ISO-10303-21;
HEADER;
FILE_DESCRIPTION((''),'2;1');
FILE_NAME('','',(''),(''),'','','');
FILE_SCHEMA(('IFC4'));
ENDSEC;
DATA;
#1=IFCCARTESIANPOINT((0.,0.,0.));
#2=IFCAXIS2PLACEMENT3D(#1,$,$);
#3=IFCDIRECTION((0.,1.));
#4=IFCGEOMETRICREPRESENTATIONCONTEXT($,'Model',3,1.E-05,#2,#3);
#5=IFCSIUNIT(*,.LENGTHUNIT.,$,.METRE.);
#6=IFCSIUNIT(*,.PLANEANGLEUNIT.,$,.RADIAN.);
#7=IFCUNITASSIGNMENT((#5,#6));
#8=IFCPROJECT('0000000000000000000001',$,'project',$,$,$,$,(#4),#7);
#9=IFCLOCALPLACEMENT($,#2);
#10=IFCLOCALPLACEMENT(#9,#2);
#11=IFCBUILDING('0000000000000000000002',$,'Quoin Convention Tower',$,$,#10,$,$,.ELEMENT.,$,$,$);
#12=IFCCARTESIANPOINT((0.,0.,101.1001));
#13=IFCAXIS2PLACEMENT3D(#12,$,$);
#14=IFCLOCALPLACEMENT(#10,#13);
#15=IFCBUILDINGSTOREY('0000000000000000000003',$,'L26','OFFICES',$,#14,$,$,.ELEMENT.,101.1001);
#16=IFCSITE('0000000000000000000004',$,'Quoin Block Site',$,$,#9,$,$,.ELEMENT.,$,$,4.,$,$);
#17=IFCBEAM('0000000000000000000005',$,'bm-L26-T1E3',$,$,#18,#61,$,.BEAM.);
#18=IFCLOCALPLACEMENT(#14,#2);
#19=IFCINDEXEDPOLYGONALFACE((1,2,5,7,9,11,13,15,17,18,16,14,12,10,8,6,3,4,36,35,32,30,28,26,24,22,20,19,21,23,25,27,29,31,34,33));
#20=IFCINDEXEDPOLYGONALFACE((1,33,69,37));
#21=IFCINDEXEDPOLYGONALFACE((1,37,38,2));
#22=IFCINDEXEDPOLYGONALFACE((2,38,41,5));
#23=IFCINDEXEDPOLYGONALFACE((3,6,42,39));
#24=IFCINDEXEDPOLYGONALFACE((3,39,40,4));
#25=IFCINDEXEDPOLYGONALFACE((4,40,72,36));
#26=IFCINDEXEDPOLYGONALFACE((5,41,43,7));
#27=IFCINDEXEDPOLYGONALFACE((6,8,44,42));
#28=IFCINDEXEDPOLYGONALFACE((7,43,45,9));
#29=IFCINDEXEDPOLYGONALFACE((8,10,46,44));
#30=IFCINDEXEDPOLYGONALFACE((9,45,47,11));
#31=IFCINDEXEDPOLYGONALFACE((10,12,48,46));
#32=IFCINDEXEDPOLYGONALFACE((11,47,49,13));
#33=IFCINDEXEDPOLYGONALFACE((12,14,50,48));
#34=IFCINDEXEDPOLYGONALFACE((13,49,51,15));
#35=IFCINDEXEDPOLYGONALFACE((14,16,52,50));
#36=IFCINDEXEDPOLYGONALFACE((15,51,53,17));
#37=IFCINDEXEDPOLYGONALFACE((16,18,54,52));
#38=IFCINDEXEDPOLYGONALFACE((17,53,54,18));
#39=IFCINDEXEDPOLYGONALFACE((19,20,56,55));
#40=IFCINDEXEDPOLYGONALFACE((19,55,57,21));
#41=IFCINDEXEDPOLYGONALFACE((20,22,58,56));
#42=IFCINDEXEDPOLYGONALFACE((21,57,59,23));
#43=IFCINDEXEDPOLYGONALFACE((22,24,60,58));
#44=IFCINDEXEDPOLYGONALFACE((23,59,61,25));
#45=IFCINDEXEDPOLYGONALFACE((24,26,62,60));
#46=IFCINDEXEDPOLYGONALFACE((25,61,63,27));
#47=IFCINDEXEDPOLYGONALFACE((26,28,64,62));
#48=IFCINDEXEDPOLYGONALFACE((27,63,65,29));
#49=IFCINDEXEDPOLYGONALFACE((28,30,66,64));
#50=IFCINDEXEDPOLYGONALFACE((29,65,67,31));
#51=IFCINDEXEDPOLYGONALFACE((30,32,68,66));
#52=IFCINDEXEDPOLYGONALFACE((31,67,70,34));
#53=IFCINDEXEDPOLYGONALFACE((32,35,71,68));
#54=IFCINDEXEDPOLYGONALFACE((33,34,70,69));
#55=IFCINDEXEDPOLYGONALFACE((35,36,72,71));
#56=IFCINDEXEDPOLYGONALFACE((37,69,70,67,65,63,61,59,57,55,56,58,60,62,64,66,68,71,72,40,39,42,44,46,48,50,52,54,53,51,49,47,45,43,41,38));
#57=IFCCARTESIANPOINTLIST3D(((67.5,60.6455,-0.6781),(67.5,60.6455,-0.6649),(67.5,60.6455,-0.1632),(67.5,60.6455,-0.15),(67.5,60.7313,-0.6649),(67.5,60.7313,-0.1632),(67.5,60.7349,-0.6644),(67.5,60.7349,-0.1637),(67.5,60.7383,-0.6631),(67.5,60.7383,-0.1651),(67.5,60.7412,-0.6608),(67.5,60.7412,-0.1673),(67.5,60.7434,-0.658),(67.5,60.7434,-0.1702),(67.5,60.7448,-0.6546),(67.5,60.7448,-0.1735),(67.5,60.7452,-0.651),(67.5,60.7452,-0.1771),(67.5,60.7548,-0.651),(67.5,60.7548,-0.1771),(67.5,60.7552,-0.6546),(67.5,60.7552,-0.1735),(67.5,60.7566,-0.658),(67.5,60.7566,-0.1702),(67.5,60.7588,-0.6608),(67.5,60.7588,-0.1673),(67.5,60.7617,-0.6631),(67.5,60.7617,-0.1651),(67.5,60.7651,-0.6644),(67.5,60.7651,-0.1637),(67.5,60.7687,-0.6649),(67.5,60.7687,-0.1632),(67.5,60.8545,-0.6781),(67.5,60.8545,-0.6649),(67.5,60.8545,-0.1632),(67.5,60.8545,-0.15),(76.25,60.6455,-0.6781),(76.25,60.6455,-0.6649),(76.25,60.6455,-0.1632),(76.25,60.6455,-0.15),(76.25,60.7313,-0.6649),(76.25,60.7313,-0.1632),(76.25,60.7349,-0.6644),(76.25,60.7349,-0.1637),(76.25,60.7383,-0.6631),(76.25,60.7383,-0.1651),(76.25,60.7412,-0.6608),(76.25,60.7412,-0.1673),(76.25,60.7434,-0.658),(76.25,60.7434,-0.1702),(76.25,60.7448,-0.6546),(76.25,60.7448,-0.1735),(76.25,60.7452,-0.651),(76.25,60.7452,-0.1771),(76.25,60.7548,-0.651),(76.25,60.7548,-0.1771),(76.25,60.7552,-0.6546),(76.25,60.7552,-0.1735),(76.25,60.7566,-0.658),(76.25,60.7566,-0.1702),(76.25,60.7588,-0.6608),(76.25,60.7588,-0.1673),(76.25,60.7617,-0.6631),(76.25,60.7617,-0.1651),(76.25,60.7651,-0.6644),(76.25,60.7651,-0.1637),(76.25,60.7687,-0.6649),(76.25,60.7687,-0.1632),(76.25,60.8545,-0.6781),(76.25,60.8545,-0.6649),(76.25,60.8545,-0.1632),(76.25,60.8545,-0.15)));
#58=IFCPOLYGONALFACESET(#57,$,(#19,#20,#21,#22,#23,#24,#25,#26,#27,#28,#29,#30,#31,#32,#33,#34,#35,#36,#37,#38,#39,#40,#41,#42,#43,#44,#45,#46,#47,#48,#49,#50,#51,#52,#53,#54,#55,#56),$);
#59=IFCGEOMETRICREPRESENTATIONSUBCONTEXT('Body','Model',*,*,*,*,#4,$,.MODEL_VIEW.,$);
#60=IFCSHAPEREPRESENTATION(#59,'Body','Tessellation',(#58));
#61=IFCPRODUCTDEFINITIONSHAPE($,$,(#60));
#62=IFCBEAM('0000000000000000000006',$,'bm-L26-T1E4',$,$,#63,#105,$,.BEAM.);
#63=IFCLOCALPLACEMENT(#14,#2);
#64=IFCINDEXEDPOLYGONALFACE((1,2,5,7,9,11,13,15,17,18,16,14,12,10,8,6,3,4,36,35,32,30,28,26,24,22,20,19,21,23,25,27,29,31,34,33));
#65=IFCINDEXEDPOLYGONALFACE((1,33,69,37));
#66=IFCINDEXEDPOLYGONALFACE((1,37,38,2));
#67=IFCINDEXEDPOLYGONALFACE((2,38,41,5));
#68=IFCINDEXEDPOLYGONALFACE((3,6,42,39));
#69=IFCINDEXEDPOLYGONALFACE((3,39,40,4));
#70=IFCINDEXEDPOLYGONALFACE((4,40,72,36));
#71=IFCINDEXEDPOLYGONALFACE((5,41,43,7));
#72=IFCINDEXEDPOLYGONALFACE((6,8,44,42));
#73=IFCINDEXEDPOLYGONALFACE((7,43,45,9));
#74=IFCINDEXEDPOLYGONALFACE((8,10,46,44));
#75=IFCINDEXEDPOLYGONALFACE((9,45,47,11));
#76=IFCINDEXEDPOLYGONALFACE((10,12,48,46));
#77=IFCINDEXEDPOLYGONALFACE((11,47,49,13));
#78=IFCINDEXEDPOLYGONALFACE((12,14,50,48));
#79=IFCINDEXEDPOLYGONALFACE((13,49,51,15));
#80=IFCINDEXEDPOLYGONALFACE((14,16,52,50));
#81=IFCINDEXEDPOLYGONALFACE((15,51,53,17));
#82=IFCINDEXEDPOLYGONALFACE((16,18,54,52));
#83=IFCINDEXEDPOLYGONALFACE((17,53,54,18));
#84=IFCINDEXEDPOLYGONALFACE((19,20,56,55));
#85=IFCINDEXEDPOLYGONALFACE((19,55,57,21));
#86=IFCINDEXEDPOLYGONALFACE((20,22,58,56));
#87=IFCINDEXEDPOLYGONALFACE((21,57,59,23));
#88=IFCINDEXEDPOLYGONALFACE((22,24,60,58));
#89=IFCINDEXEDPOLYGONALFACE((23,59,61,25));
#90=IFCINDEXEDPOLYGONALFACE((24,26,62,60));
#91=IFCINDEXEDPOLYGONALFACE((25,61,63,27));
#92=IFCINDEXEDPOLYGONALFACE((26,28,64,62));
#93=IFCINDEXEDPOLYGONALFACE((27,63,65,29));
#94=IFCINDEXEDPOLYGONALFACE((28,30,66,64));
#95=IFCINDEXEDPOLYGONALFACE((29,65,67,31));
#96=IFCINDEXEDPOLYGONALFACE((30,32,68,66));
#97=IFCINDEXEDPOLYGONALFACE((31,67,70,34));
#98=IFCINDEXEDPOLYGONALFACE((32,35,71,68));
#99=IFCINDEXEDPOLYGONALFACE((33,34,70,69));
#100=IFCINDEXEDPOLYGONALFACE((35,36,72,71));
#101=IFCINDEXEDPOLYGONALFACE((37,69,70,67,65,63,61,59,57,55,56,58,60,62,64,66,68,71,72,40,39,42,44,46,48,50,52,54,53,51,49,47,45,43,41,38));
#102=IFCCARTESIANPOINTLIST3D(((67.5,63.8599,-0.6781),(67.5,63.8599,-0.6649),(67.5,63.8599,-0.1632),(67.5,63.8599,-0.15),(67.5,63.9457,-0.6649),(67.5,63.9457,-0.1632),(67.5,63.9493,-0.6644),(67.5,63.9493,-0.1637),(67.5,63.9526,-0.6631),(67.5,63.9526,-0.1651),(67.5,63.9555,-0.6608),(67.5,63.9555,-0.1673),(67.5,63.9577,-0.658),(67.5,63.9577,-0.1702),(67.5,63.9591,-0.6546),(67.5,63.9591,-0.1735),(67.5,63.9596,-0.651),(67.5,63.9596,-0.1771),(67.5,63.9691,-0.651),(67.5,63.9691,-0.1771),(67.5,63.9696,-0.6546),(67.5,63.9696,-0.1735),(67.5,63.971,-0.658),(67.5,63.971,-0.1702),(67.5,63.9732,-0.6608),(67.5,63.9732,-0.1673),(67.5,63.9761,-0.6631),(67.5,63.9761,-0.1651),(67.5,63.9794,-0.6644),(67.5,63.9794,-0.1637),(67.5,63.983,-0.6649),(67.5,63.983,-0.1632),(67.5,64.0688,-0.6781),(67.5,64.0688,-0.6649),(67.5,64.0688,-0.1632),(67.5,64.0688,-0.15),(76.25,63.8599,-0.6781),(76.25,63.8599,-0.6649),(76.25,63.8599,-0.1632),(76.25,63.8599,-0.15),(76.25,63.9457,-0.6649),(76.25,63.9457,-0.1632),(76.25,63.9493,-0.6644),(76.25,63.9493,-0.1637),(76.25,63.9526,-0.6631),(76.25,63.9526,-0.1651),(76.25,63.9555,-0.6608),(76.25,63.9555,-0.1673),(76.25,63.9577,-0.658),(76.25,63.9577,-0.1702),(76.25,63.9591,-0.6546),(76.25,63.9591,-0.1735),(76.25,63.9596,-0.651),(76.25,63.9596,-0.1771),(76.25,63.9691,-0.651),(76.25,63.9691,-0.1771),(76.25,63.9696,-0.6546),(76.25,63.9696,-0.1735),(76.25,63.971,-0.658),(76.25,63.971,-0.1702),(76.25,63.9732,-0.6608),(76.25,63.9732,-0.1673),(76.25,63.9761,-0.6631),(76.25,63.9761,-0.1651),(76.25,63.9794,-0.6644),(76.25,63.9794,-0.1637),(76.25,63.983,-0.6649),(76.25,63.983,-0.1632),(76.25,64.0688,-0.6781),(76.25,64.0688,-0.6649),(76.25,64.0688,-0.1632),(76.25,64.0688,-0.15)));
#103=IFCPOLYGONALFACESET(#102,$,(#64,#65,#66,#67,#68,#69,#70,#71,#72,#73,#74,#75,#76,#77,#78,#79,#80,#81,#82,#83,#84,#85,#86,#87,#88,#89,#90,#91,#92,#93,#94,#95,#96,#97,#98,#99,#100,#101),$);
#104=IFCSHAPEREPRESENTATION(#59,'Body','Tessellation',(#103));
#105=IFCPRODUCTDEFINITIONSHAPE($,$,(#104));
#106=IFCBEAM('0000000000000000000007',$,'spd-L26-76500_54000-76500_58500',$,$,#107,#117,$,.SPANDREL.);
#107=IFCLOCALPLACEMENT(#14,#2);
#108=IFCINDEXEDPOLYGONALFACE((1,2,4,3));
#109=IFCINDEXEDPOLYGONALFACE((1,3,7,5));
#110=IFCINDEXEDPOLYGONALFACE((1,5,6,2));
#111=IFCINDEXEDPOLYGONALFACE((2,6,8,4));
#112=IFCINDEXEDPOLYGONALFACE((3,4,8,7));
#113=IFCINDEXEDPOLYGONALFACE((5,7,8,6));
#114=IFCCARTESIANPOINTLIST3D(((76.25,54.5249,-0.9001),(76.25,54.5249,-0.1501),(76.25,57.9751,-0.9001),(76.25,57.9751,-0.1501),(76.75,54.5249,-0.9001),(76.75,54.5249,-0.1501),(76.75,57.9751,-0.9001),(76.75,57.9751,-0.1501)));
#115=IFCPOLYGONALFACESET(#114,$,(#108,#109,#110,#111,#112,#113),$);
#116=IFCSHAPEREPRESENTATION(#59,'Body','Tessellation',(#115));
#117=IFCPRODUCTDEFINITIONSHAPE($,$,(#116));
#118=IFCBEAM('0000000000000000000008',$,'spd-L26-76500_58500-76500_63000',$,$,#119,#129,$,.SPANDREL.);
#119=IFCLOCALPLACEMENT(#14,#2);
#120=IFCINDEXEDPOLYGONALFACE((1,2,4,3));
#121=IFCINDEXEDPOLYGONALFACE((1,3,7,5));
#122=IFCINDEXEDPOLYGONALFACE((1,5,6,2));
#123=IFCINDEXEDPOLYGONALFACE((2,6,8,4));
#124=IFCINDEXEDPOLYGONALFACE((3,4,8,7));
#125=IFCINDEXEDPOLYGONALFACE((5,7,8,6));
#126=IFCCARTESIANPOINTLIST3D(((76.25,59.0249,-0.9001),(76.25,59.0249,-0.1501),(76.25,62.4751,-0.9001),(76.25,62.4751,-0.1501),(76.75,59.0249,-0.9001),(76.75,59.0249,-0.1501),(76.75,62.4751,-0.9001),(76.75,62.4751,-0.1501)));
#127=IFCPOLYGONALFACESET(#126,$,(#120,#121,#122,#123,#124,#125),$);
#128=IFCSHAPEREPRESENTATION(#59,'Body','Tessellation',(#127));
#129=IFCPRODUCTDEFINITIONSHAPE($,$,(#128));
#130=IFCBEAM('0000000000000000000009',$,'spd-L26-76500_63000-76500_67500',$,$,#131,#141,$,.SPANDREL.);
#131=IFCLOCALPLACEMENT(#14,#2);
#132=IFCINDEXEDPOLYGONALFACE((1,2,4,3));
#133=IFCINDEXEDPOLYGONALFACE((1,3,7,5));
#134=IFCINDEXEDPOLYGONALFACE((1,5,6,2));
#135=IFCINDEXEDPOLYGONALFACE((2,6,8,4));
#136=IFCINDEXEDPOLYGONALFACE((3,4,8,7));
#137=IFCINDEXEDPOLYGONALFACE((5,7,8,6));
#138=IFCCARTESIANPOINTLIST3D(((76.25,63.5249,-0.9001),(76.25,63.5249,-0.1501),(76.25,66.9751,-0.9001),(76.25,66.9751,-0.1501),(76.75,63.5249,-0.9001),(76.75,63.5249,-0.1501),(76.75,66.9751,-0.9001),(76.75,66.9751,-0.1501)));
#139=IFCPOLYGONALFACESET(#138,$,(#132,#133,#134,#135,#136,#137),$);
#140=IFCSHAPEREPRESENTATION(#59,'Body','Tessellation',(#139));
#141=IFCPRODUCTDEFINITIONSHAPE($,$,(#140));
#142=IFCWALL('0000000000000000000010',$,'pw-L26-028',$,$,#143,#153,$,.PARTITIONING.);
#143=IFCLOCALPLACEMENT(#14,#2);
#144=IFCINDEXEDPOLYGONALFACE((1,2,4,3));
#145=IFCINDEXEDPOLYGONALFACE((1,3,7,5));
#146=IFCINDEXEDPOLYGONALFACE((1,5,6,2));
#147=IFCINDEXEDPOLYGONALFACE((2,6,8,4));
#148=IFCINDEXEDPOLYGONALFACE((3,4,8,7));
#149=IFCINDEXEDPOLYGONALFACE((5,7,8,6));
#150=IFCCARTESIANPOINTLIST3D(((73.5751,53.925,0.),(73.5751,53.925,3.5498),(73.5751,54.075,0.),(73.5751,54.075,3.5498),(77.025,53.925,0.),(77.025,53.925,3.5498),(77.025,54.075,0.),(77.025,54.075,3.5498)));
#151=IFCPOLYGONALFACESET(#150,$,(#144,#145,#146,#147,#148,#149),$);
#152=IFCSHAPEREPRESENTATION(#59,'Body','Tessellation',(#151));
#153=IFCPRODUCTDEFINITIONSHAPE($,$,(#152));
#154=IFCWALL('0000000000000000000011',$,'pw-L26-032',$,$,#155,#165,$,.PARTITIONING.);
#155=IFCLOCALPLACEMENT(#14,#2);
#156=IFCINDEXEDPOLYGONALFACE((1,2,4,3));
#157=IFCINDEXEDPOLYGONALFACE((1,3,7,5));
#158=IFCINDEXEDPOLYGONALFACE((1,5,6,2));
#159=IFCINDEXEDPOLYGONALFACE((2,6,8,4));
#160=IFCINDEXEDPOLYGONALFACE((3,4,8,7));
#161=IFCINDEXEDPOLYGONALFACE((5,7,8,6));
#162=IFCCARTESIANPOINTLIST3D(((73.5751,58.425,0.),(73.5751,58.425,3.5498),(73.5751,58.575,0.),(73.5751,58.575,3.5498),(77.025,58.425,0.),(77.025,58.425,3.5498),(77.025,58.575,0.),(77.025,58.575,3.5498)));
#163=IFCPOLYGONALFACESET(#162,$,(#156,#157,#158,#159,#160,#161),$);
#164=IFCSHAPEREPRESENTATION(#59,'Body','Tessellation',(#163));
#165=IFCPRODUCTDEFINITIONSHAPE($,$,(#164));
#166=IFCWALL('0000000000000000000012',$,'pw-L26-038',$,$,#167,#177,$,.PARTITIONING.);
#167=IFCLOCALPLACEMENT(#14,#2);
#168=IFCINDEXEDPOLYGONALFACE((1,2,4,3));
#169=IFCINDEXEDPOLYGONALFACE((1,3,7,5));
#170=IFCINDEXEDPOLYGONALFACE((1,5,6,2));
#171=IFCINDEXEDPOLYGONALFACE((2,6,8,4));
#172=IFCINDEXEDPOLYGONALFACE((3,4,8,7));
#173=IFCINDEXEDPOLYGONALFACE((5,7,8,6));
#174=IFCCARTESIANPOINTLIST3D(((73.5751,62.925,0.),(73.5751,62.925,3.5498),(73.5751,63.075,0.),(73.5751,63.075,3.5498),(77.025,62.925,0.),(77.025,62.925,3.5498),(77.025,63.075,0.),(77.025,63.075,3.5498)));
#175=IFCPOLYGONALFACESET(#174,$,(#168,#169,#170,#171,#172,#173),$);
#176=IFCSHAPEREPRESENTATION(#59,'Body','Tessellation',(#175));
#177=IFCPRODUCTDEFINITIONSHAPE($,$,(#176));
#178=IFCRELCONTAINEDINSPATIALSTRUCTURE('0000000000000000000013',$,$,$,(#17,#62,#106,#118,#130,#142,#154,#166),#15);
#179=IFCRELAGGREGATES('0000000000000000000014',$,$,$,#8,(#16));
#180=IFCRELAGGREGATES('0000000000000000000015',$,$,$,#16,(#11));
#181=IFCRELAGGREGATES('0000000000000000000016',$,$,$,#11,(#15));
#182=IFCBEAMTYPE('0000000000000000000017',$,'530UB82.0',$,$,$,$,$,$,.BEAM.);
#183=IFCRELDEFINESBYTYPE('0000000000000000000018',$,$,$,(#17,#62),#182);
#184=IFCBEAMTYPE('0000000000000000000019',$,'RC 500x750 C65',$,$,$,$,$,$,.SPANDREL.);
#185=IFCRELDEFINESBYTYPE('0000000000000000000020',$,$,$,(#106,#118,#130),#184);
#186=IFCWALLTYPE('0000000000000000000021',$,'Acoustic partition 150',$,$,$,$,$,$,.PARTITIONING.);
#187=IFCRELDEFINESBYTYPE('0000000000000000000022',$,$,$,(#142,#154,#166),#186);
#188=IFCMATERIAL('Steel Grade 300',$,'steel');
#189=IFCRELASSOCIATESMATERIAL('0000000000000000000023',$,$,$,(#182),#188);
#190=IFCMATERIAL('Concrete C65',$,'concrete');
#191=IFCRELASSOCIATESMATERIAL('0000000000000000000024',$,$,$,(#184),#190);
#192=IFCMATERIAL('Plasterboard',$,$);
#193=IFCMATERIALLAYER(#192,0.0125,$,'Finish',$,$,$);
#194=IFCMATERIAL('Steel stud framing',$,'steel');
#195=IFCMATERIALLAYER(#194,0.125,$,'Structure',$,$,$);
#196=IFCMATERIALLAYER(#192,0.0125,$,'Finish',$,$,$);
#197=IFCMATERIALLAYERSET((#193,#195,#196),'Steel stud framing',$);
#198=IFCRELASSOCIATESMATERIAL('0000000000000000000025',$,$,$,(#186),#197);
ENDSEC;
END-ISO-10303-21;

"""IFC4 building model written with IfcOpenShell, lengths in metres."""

from ifc_helpers import new_model, si_unit, direction, frame, frame_2d, origin, origin_2d, place, context, subcontext, project, spatial, rectangle, i_section, extrude, material, layer, layer_set, material_profile, profile_set, type_object, element, save


model = new_model("IFC4")

# Units and contexts
model_context = context("Model", 3, precision=1e-05, world=origin(), true_north=direction((0.0, 1.0)))
body_context = subcontext(model_context, "Body", "Model", "MODEL_VIEW")
ifc_project = project(units=[si_unit("LENGTHUNIT", "METRE"), si_unit("PLANEANGLEUNIT", "RADIAN")], contexts=[model_context])

# Site, building, storey
site_placement = place(None, origin())
site = spatial("IfcSite", under=ifc_project, at=site_placement, Name="Quoin Block Site", CompositionType="ELEMENT", RefElevation=4.0)
building_placement = place(site_placement, origin())
building = spatial("IfcBuilding", under=site, at=building_placement, Name="Quoin Convention Tower", CompositionType="ELEMENT")
storey_placement = place(building_placement, frame((0.0, 0.0, 101.1001)))
storey = spatial("IfcBuildingStorey", under=building, at=storey_placement, Name="L26", Description="OFFICES", CompositionType="ELEMENT", Elevation=101.1001)

# Shared definitions
ifc_material_1 = material(Name="Concrete C65", Category="concrete")

# Beams
ifc_material_2 = material(Name="Steel Grade 300", Category="steel")
ifc_material_profile_1 = material_profile(ifc_material_2, i_section(OverallWidth=0.209, OverallDepth=0.5281, WebThickness=0.0095, FlangeThickness=0.0132, FilletRadius=0.0139, at=origin_2d()), Name="530UB82.0")
ifc_profile_set_1 = profile_set([ifc_material_profile_1], Name="Steel Grade 300")
beam_type_1 = type_object("IfcBeamType", Name="530UB82.0", PredefinedType="BEAM", material=ifc_profile_set_1)
for number, where, z_axis, x_axis, name in (
    (1, (67.5, 60.75, -0.4141), (1.0, 0.0, 0.0), (0.0, 1.0, 0.0), "bm-L26-T1E3"),
    (2, (67.5, 63.9644, -0.4141), (1.0, 0.0, 0.0), (0.0, 1.0, 0.0), "bm-L26-T1E4"),
):
    element("IfcBeam", number, at=place(storey_placement, frame(where, z_axis=z_axis, x_axis=x_axis)), inside=storey, type_object=beam_type_1, Name=name, PredefinedType="BEAM", context=body_context, shape_type="SweptSolid", body=[
        extrude(i_section(OverallWidth=0.209, OverallDepth=0.5281, WebThickness=0.0095, FlangeThickness=0.0132, FilletRadius=0.0139, at=origin_2d()), origin(), (0.0, 0.0, 1.0), 8.75),
    ])
ifc_material_profile_2 = material_profile(ifc_material_1, rectangle(XDim=0.5, YDim=0.75, at=origin_2d()), Name="RC 500x750")
ifc_profile_set_2 = profile_set([ifc_material_profile_2], Name="Concrete C65")
beam_type_2 = type_object("IfcBeamType", Name="RC 500x750 C65", PredefinedType="SPANDREL", material=ifc_profile_set_2)
for number, where, z_axis, x_axis, name in (
    (3, (76.5, 54.5249, -0.5251), (0.0, 1.0, 0.0), (-1.0, 0.0, 0.0), "spd-L26-76500_54000-76500_58500"),
    (4, (76.5, 59.0249, -0.5251), (0.0, 1.0, 0.0), (-1.0, 0.0, 0.0), "spd-L26-76500_58500-76500_63000"),
    (5, (76.5, 63.5249, -0.5251), (0.0, 1.0, 0.0), (-1.0, 0.0, 0.0), "spd-L26-76500_63000-76500_67500"),
):
    element("IfcBeam", number, at=place(storey_placement, frame(where, z_axis=z_axis, x_axis=x_axis)), inside=storey, type_object=beam_type_2, Name=name, PredefinedType="SPANDREL", context=body_context, shape_type="SweptSolid", body=[
        extrude(rectangle(XDim=0.5, YDim=0.75, at=origin_2d()), origin(), (0.0, 0.0, 1.0), 3.4502),
    ])

# Walls
ifc_material_3 = material(Name="Plasterboard")
ifc_layer_1 = layer(ifc_material_3, 0.0125, Name="Finish")
ifc_material_4 = material(Name="Steel stud framing", Category="steel")
ifc_layer_2 = layer(ifc_material_4, 0.125, Name="Structure")
ifc_layer_3 = layer(ifc_material_3, 0.0125, Name="Finish")
ifc_layer_set_1 = layer_set([ifc_layer_1, ifc_layer_2, ifc_layer_3], Name="Steel stud framing")
wall_type_1 = type_object("IfcWallType", Name="Acoustic partition 150", PredefinedType="PARTITIONING", material=ifc_layer_set_1)
for number, where, z_axis, x_axis, name in (
    (6, (73.575, 54.0, 0.0), (0.0, 0.0, 1.0), (1.0, 0.0, 0.0), "pw-L26-028"),
    (7, (73.575, 58.5, 0.0), (0.0, 0.0, 1.0), (1.0, 0.0, 0.0), "pw-L26-032"),
    (8, (73.575, 63.0, 0.0), (0.0, 0.0, 1.0), (1.0, 0.0, 0.0), "pw-L26-038"),
):
    element("IfcWall", number, at=place(storey_placement, frame(where, z_axis=z_axis, x_axis=x_axis)), inside=storey, type_object=wall_type_1, Name=name, PredefinedType="PARTITIONING", context=body_context, shape_type="SweptSolid", body=[
        extrude(rectangle(XDim=3.45, YDim=0.1499, at=frame_2d((1.7251, 0.0))), origin(), (0.0, 0.0, 1.0), 3.5498),
    ])

save(model, "model.ifc")
